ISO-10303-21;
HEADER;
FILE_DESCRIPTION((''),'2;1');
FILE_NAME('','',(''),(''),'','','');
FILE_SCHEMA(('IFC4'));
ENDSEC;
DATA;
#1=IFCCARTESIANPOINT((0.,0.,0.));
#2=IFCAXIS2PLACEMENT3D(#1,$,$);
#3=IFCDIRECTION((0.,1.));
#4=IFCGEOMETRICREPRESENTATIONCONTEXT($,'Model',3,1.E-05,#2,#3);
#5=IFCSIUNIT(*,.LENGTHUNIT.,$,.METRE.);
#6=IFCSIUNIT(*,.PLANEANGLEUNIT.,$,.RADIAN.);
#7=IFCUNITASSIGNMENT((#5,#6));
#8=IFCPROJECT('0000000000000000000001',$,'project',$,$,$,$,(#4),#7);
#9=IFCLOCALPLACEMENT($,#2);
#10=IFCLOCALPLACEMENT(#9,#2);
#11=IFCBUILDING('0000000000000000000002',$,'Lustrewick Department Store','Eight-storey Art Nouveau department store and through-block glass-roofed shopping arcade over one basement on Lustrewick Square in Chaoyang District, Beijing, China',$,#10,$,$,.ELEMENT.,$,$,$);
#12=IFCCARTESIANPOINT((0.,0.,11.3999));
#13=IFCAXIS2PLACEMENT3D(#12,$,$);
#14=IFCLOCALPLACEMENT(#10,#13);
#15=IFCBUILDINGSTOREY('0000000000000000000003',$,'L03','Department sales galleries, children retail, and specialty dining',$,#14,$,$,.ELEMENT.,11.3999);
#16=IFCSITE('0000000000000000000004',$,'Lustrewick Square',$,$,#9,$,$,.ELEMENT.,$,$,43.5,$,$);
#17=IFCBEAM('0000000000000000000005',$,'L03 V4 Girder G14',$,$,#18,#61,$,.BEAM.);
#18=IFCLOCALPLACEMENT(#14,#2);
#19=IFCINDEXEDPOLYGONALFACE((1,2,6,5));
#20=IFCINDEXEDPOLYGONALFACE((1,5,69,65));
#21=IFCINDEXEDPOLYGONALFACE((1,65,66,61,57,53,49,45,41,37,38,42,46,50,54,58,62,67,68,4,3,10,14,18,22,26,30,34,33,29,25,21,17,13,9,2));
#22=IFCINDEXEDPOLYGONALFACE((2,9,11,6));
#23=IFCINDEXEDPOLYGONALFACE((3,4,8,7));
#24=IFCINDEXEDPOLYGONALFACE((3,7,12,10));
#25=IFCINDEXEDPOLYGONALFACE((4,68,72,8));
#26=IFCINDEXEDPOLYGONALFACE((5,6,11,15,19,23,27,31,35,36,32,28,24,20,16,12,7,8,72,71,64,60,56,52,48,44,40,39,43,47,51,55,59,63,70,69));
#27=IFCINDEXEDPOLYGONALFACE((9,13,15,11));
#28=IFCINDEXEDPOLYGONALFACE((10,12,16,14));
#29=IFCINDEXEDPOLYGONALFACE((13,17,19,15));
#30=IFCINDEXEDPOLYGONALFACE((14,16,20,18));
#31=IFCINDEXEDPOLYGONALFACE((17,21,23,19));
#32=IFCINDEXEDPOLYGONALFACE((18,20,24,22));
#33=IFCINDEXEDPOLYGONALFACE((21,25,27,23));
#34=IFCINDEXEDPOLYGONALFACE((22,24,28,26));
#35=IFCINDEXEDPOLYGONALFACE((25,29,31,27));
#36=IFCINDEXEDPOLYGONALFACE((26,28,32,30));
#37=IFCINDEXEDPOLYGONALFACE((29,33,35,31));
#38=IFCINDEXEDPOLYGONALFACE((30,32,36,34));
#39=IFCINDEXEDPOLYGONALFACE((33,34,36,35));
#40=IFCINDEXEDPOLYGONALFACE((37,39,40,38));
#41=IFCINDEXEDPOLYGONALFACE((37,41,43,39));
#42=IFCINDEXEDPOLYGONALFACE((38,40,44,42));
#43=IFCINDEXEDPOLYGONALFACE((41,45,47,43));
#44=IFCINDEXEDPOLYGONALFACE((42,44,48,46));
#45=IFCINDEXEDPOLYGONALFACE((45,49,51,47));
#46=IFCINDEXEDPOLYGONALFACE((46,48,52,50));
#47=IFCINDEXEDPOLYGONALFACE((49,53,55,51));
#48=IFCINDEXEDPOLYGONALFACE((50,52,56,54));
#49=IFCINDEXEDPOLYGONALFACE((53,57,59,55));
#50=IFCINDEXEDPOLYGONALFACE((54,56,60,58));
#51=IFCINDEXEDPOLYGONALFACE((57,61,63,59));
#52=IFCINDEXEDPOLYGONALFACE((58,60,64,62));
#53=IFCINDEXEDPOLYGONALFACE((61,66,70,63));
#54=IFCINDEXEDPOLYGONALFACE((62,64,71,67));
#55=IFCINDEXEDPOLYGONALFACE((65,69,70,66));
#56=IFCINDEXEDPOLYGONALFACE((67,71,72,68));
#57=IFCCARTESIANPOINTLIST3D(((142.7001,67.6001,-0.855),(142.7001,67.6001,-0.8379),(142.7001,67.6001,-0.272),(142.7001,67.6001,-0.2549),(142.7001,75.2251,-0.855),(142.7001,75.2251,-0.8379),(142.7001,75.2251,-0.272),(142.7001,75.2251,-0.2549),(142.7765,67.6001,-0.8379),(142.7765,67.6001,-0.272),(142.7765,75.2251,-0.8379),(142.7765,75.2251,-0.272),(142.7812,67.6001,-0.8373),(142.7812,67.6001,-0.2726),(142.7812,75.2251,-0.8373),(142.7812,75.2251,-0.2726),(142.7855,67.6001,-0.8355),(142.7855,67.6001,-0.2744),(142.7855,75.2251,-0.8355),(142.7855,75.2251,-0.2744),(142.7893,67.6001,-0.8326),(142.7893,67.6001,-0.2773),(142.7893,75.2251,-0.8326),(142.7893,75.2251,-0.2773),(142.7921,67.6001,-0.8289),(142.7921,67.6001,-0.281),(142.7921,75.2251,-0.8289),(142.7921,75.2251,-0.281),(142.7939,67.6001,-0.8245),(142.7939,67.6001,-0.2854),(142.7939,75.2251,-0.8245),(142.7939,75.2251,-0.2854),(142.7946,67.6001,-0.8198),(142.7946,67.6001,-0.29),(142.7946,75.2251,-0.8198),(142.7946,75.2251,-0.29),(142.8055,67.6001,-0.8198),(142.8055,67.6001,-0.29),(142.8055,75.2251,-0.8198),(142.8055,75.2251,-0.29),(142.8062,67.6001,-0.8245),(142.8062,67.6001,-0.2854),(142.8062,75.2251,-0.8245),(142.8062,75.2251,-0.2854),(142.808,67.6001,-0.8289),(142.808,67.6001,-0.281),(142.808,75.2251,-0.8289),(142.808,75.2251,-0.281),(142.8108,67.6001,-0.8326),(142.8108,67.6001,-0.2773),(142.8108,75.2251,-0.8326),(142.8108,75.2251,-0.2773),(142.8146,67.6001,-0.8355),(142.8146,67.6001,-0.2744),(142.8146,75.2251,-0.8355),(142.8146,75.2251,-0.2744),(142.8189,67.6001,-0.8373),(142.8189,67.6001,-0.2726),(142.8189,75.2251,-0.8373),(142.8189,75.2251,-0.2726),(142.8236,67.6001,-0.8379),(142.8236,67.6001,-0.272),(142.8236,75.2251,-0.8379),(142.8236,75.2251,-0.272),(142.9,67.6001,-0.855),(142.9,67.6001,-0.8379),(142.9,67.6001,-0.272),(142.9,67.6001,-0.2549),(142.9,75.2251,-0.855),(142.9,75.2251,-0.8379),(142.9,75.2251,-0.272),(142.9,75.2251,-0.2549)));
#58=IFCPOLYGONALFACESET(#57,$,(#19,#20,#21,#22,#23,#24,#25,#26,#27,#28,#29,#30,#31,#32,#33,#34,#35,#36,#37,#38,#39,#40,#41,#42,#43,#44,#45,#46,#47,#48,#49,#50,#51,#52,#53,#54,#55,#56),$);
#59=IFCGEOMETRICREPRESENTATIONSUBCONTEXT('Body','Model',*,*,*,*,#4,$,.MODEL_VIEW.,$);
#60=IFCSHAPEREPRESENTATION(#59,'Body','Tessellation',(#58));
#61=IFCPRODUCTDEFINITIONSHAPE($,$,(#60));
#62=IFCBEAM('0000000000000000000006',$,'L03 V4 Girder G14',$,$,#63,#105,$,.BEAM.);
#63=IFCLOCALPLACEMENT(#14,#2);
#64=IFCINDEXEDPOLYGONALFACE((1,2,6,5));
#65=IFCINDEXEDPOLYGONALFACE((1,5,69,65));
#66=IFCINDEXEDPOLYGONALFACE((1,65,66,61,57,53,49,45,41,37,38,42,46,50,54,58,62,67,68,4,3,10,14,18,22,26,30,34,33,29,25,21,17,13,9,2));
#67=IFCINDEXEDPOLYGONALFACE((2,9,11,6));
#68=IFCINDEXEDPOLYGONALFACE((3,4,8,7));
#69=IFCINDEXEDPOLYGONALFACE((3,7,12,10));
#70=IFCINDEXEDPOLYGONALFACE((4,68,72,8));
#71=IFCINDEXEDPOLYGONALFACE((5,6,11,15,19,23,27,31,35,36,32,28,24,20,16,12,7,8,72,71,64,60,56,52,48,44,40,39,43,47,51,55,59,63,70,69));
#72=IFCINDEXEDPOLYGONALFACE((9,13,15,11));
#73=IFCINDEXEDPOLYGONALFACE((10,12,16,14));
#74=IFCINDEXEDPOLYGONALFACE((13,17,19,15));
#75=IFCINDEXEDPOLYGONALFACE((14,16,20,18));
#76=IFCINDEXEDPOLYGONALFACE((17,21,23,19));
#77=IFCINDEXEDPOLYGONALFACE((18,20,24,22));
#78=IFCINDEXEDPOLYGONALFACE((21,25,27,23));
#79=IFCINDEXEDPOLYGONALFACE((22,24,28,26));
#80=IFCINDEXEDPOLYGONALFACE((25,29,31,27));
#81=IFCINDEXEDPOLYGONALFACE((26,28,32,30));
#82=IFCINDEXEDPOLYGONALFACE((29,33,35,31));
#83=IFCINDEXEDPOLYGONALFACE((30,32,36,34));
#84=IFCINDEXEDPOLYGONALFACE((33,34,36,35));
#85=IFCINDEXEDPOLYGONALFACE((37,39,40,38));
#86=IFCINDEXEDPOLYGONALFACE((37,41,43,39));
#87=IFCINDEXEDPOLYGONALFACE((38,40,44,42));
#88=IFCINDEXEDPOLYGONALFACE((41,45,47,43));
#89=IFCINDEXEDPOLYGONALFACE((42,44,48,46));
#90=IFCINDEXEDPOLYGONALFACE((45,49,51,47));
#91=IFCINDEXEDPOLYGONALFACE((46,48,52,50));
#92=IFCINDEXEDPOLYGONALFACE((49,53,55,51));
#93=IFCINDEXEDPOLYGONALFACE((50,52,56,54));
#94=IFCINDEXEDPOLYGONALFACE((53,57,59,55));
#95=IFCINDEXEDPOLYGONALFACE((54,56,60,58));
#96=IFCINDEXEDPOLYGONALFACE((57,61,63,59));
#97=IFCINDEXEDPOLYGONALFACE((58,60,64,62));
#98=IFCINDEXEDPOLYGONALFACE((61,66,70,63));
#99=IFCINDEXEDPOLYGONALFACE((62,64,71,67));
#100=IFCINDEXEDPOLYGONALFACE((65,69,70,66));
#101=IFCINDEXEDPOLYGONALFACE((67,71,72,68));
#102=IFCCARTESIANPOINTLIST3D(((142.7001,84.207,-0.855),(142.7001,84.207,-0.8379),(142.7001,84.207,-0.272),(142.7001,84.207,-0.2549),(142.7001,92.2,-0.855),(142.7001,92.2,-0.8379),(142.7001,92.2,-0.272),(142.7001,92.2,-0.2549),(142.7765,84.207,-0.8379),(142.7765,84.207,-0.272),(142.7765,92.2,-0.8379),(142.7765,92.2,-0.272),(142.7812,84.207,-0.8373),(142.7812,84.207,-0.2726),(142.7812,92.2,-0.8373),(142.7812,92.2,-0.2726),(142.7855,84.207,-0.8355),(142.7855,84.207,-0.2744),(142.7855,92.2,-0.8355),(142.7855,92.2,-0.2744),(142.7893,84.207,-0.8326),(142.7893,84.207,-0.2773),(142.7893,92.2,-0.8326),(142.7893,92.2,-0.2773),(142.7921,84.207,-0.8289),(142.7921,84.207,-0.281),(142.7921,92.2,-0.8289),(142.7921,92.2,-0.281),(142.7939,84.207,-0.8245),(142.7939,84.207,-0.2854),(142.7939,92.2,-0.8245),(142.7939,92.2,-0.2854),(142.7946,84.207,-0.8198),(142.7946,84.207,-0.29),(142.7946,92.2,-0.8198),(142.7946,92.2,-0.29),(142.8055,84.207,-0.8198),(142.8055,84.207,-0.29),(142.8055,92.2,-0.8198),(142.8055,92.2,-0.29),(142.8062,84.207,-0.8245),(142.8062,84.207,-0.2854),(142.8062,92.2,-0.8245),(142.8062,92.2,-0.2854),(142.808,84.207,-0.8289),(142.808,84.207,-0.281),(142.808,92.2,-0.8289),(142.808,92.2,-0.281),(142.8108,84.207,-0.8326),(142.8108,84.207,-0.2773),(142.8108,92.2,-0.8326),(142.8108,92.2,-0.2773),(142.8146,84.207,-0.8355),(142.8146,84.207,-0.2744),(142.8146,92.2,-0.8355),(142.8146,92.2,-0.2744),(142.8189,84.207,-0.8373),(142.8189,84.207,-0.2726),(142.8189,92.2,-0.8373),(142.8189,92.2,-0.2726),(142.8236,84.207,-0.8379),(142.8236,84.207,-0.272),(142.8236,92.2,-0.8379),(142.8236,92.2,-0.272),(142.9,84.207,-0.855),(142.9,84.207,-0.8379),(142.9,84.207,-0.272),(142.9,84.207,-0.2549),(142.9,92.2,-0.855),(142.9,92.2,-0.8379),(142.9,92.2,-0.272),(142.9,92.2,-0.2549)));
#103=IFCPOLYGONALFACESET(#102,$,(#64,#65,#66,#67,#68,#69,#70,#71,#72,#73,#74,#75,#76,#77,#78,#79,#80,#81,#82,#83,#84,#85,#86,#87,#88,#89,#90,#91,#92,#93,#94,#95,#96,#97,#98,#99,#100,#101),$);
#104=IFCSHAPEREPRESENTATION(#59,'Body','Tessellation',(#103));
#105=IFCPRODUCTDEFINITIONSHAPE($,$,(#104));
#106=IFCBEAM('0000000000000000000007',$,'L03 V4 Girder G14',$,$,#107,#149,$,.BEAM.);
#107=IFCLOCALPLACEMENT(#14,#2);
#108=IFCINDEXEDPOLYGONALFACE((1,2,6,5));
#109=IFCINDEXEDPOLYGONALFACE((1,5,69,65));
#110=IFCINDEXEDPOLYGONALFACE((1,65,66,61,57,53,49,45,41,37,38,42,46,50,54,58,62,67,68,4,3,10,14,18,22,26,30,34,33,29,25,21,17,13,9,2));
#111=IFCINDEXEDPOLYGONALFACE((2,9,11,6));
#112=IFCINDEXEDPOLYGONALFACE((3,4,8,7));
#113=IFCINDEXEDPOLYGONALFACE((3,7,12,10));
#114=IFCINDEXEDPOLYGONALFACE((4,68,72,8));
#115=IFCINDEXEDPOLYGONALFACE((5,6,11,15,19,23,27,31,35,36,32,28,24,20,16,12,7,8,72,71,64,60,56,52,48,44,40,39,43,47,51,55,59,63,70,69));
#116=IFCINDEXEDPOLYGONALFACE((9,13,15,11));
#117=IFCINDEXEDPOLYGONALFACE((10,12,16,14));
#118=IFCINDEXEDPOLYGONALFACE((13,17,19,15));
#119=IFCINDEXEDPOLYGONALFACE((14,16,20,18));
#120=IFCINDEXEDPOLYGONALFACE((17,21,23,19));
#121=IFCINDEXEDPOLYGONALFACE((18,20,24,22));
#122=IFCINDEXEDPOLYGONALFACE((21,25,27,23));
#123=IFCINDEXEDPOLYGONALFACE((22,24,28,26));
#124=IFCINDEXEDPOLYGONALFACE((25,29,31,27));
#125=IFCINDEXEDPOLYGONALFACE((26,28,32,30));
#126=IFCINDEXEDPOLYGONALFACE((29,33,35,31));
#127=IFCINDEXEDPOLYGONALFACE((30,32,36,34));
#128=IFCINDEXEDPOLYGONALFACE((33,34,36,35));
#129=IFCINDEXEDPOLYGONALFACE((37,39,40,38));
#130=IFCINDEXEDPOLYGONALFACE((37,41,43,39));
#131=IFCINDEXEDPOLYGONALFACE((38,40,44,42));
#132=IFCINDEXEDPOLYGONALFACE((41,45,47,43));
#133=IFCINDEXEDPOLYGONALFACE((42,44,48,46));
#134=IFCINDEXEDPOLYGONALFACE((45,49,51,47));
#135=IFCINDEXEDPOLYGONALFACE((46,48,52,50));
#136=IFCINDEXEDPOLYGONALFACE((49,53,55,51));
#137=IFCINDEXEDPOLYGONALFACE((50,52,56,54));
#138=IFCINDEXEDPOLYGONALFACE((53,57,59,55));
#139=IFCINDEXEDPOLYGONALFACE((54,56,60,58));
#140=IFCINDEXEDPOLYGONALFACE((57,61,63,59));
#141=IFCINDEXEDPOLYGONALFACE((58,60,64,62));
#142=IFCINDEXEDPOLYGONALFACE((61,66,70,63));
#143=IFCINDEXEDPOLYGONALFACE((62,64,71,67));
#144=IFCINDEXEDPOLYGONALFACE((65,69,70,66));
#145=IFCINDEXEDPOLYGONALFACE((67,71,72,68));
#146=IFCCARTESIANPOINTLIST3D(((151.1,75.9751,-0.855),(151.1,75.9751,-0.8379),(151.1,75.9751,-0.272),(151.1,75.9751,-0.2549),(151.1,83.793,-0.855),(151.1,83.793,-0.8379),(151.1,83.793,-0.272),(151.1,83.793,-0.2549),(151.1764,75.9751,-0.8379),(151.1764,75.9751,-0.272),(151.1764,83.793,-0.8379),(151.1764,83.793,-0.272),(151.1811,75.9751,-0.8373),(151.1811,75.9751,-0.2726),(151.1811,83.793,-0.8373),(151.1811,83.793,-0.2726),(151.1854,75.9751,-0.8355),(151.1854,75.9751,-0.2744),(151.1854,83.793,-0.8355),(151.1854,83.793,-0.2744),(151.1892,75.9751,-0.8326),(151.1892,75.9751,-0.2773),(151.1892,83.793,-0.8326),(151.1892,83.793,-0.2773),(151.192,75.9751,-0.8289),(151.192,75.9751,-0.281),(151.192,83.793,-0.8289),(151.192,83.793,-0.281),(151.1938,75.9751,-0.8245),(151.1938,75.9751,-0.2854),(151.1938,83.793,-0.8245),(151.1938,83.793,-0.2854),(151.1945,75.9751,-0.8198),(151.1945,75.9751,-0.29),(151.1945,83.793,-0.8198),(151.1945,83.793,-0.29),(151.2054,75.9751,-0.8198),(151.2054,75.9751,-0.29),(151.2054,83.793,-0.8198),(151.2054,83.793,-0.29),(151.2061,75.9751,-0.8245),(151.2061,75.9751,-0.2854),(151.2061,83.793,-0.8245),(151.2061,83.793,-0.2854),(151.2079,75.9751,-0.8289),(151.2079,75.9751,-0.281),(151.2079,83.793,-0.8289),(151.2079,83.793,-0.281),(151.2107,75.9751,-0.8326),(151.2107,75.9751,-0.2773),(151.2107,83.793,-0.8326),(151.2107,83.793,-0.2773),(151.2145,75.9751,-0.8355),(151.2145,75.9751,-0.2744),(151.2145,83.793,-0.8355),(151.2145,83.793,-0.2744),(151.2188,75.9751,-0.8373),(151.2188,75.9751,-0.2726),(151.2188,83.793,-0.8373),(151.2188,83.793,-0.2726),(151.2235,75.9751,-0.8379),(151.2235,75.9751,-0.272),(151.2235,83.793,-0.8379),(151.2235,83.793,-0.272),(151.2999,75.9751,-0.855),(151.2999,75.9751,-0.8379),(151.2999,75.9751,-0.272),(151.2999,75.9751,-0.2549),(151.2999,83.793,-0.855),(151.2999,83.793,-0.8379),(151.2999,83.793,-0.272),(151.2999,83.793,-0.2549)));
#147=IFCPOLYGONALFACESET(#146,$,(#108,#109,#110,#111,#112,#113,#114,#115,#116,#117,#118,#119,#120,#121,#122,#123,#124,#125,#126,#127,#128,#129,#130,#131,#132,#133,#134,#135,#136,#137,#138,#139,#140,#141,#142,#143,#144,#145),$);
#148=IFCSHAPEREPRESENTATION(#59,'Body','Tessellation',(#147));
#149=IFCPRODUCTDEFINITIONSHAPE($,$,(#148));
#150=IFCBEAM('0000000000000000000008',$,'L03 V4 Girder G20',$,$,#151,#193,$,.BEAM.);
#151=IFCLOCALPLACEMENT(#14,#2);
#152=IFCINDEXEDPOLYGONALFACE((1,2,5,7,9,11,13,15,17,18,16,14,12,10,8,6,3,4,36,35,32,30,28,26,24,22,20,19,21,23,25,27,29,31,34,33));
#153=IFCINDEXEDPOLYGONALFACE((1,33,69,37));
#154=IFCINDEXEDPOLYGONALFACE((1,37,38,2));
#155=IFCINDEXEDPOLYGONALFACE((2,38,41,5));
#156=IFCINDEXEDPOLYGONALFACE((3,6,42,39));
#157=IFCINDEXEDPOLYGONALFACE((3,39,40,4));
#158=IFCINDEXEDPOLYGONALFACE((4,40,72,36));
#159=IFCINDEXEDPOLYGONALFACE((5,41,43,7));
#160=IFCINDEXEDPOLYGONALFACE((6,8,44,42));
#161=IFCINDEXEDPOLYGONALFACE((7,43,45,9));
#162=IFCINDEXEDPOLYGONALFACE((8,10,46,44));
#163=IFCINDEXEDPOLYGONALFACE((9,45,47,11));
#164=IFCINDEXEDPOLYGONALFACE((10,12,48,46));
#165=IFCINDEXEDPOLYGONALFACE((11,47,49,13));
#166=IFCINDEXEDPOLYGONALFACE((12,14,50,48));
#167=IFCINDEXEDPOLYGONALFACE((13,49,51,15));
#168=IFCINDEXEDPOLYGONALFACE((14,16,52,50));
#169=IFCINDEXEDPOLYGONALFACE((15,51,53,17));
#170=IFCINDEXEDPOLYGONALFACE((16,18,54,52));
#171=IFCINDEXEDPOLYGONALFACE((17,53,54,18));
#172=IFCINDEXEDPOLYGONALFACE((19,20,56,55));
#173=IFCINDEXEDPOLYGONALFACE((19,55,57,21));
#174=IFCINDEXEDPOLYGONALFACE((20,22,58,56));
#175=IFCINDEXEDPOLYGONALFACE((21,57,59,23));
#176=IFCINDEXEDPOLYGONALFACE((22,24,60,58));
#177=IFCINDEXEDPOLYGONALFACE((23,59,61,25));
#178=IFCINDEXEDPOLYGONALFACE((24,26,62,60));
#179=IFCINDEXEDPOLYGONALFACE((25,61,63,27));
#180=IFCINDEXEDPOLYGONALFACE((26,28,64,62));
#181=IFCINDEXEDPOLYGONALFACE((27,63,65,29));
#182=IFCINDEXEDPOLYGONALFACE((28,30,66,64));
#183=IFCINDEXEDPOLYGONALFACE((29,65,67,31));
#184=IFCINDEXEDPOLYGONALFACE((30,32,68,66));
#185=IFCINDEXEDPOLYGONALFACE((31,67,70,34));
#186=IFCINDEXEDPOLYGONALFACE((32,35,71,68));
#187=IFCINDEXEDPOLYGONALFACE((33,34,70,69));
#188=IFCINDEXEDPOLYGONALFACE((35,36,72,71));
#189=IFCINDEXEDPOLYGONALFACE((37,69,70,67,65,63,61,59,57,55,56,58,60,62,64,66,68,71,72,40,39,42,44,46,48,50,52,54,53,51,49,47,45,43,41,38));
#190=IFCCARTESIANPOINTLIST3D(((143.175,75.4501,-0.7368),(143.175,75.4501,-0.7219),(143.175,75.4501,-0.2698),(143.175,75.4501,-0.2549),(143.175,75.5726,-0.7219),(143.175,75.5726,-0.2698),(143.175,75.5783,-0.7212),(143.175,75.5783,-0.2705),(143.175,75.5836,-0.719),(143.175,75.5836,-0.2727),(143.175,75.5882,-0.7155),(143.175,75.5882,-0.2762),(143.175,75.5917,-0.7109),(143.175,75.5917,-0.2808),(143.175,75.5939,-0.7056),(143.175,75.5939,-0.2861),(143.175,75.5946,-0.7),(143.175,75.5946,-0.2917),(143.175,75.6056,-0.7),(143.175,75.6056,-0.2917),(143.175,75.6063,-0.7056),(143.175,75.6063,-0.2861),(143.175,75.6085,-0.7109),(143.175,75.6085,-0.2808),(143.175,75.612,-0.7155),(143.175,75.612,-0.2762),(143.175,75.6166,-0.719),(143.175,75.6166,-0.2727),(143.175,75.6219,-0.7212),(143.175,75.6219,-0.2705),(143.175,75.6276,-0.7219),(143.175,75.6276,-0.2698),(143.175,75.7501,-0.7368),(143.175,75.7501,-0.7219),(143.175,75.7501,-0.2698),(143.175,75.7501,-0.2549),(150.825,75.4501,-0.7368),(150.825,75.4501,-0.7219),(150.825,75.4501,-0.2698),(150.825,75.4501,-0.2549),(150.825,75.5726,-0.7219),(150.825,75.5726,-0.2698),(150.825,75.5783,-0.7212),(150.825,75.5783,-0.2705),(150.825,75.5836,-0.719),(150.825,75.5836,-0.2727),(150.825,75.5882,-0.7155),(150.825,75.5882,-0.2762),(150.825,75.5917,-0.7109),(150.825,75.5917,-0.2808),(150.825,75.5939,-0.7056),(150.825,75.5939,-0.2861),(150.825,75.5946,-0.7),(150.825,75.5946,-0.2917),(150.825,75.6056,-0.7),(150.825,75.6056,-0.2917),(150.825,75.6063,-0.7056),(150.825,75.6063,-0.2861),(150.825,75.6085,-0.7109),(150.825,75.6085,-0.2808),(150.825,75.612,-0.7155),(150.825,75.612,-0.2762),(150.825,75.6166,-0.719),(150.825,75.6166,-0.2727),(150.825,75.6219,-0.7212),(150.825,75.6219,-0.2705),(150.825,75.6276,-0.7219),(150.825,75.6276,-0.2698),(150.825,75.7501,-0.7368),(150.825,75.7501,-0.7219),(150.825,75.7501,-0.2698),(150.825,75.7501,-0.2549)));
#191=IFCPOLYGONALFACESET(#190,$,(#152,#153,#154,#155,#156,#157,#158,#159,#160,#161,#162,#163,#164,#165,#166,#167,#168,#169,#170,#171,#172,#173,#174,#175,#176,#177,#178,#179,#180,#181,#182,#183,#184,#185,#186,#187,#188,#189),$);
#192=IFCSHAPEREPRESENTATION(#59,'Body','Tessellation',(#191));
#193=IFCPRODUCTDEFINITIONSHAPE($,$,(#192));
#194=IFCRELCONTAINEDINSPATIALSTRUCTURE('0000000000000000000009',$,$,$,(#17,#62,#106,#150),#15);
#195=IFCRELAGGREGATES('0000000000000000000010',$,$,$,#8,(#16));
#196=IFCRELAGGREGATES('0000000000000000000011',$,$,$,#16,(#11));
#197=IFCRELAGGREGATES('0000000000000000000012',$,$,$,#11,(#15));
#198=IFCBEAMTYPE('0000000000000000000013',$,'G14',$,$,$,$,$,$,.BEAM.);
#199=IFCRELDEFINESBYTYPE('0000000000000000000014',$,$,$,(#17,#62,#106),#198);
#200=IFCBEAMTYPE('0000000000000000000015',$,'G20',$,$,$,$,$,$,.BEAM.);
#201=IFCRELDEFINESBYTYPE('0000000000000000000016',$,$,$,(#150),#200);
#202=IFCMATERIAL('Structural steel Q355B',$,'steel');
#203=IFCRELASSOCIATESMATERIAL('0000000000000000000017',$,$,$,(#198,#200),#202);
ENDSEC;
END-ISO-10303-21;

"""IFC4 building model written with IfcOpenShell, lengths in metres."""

from ifc_helpers import new_model, si_unit, direction, frame, origin, origin_2d, place, context, subcontext, project, spatial, i_section, extrude, material, material_profile, profile_set, type_object, element, save


model = new_model("IFC4")

# Units and contexts
model_context = context("Model", 3, precision=1e-05, world=origin(), true_north=direction((0.0, 1.0)))
body_context = subcontext(model_context, "Body", "Model", "MODEL_VIEW")
ifc_project = project(units=[si_unit("LENGTHUNIT", "METRE"), si_unit("PLANEANGLEUNIT", "RADIAN")], contexts=[model_context])

# Site, building, storey
site_placement = place(None, origin())
site = spatial("IfcSite", under=ifc_project, at=site_placement, Name="Lustrewick Square", CompositionType="ELEMENT", RefElevation=43.5)
building_placement = place(site_placement, origin())
building = spatial("IfcBuilding", under=site, at=building_placement, Name="Lustrewick Department Store", Description="Eight-storey Art Nouveau department store and through-block glass-roofed shopping arcade over one basement on Lustrewick Square in Chaoyang District, Beijing, China", CompositionType="ELEMENT")
storey_placement = place(building_placement, frame((0.0, 0.0, 11.3999)))
storey = spatial("IfcBuildingStorey", under=building, at=storey_placement, Name="L03", Description="Department sales galleries, children retail, and specialty dining", CompositionType="ELEMENT", Elevation=11.3999)

# Shared definitions
ifc_material_1 = material(Name="Structural steel Q355B", Category="steel")

# Beams
ifc_material_profile_1 = material_profile(ifc_material_1, i_section(OverallWidth=0.2, OverallDepth=0.6001, WebThickness=0.011, FlangeThickness=0.0171, FilletRadius=0.0181, at=origin_2d()), Name="HN 600x200x11x17")
ifc_profile_set_1 = profile_set([ifc_material_profile_1], Name="Structural steel Q355B")
beam_type_1 = type_object("IfcBeamType", Name="G14", PredefinedType="BEAM", material=ifc_profile_set_1)
beam_1_placement = place(storey_placement, frame((142.8, 67.6001, -0.5549), z_axis=(0.0, 1.0, 0.0), x_axis=(-1.0, 0.0, 0.0)))
element("IfcBeam", 1, at=beam_1_placement, inside=storey, type_object=beam_type_1, Name="L03 V4 Girder G14", PredefinedType="BEAM", context=body_context, shape_type="SweptSolid", body=[
    extrude(i_section(OverallWidth=0.2, OverallDepth=0.6001, WebThickness=0.011, FlangeThickness=0.0171, FilletRadius=0.0181, at=origin_2d()), origin(), (0.0, 0.0, 1.0), 7.625),
])
beam_2_placement = place(storey_placement, frame((142.8, 84.207, -0.5549), z_axis=(0.0, 1.0, 0.0), x_axis=(-1.0, 0.0, 0.0)))
element("IfcBeam", 2, at=beam_2_placement, inside=storey, type_object=beam_type_1, Name="L03 V4 Girder G14", PredefinedType="BEAM", context=body_context, shape_type="SweptSolid", body=[
    extrude(i_section(OverallWidth=0.2, OverallDepth=0.6001, WebThickness=0.011, FlangeThickness=0.0171, FilletRadius=0.0181, at=origin_2d()), origin(), (0.0, 0.0, 1.0), 7.9929),
])
beam_3_placement = place(storey_placement, frame((151.2, 75.9751, -0.5549), z_axis=(0.0, 1.0, 0.0), x_axis=(-1.0, 0.0, 0.0)))
element("IfcBeam", 3, at=beam_3_placement, inside=storey, type_object=beam_type_1, Name="L03 V4 Girder G14", PredefinedType="BEAM", context=body_context, shape_type="SweptSolid", body=[
    extrude(i_section(OverallWidth=0.2, OverallDepth=0.6001, WebThickness=0.011, FlangeThickness=0.0171, FilletRadius=0.0181, at=origin_2d()), origin(), (0.0, 0.0, 1.0), 7.8179),
])
ifc_material_profile_2 = material_profile(ifc_material_1, i_section(OverallWidth=0.3, OverallDepth=0.4819, WebThickness=0.011, FlangeThickness=0.0149, FilletRadius=0.022, at=origin_2d()), Name="HM 482x300x11x15")
ifc_profile_set_2 = profile_set([ifc_material_profile_2], Name="Structural steel Q355B")
beam_type_2 = type_object("IfcBeamType", Name="G20", PredefinedType="BEAM", material=ifc_profile_set_2)
beam_4_placement = place(storey_placement, frame((143.175, 75.6001, -0.4958), z_axis=(1.0, 0.0, 0.0), x_axis=(0.0, 1.0, 0.0)))
element("IfcBeam", 4, at=beam_4_placement, inside=storey, type_object=beam_type_2, Name="L03 V4 Girder G20", PredefinedType="BEAM", context=body_context, shape_type="SweptSolid", body=[
    extrude(i_section(OverallWidth=0.3, OverallDepth=0.4819, WebThickness=0.011, FlangeThickness=0.0149, FilletRadius=0.022, at=origin_2d()), origin(), (0.0, 0.0, 1.0), 7.6499),
])

save(model, "model.ifc")
